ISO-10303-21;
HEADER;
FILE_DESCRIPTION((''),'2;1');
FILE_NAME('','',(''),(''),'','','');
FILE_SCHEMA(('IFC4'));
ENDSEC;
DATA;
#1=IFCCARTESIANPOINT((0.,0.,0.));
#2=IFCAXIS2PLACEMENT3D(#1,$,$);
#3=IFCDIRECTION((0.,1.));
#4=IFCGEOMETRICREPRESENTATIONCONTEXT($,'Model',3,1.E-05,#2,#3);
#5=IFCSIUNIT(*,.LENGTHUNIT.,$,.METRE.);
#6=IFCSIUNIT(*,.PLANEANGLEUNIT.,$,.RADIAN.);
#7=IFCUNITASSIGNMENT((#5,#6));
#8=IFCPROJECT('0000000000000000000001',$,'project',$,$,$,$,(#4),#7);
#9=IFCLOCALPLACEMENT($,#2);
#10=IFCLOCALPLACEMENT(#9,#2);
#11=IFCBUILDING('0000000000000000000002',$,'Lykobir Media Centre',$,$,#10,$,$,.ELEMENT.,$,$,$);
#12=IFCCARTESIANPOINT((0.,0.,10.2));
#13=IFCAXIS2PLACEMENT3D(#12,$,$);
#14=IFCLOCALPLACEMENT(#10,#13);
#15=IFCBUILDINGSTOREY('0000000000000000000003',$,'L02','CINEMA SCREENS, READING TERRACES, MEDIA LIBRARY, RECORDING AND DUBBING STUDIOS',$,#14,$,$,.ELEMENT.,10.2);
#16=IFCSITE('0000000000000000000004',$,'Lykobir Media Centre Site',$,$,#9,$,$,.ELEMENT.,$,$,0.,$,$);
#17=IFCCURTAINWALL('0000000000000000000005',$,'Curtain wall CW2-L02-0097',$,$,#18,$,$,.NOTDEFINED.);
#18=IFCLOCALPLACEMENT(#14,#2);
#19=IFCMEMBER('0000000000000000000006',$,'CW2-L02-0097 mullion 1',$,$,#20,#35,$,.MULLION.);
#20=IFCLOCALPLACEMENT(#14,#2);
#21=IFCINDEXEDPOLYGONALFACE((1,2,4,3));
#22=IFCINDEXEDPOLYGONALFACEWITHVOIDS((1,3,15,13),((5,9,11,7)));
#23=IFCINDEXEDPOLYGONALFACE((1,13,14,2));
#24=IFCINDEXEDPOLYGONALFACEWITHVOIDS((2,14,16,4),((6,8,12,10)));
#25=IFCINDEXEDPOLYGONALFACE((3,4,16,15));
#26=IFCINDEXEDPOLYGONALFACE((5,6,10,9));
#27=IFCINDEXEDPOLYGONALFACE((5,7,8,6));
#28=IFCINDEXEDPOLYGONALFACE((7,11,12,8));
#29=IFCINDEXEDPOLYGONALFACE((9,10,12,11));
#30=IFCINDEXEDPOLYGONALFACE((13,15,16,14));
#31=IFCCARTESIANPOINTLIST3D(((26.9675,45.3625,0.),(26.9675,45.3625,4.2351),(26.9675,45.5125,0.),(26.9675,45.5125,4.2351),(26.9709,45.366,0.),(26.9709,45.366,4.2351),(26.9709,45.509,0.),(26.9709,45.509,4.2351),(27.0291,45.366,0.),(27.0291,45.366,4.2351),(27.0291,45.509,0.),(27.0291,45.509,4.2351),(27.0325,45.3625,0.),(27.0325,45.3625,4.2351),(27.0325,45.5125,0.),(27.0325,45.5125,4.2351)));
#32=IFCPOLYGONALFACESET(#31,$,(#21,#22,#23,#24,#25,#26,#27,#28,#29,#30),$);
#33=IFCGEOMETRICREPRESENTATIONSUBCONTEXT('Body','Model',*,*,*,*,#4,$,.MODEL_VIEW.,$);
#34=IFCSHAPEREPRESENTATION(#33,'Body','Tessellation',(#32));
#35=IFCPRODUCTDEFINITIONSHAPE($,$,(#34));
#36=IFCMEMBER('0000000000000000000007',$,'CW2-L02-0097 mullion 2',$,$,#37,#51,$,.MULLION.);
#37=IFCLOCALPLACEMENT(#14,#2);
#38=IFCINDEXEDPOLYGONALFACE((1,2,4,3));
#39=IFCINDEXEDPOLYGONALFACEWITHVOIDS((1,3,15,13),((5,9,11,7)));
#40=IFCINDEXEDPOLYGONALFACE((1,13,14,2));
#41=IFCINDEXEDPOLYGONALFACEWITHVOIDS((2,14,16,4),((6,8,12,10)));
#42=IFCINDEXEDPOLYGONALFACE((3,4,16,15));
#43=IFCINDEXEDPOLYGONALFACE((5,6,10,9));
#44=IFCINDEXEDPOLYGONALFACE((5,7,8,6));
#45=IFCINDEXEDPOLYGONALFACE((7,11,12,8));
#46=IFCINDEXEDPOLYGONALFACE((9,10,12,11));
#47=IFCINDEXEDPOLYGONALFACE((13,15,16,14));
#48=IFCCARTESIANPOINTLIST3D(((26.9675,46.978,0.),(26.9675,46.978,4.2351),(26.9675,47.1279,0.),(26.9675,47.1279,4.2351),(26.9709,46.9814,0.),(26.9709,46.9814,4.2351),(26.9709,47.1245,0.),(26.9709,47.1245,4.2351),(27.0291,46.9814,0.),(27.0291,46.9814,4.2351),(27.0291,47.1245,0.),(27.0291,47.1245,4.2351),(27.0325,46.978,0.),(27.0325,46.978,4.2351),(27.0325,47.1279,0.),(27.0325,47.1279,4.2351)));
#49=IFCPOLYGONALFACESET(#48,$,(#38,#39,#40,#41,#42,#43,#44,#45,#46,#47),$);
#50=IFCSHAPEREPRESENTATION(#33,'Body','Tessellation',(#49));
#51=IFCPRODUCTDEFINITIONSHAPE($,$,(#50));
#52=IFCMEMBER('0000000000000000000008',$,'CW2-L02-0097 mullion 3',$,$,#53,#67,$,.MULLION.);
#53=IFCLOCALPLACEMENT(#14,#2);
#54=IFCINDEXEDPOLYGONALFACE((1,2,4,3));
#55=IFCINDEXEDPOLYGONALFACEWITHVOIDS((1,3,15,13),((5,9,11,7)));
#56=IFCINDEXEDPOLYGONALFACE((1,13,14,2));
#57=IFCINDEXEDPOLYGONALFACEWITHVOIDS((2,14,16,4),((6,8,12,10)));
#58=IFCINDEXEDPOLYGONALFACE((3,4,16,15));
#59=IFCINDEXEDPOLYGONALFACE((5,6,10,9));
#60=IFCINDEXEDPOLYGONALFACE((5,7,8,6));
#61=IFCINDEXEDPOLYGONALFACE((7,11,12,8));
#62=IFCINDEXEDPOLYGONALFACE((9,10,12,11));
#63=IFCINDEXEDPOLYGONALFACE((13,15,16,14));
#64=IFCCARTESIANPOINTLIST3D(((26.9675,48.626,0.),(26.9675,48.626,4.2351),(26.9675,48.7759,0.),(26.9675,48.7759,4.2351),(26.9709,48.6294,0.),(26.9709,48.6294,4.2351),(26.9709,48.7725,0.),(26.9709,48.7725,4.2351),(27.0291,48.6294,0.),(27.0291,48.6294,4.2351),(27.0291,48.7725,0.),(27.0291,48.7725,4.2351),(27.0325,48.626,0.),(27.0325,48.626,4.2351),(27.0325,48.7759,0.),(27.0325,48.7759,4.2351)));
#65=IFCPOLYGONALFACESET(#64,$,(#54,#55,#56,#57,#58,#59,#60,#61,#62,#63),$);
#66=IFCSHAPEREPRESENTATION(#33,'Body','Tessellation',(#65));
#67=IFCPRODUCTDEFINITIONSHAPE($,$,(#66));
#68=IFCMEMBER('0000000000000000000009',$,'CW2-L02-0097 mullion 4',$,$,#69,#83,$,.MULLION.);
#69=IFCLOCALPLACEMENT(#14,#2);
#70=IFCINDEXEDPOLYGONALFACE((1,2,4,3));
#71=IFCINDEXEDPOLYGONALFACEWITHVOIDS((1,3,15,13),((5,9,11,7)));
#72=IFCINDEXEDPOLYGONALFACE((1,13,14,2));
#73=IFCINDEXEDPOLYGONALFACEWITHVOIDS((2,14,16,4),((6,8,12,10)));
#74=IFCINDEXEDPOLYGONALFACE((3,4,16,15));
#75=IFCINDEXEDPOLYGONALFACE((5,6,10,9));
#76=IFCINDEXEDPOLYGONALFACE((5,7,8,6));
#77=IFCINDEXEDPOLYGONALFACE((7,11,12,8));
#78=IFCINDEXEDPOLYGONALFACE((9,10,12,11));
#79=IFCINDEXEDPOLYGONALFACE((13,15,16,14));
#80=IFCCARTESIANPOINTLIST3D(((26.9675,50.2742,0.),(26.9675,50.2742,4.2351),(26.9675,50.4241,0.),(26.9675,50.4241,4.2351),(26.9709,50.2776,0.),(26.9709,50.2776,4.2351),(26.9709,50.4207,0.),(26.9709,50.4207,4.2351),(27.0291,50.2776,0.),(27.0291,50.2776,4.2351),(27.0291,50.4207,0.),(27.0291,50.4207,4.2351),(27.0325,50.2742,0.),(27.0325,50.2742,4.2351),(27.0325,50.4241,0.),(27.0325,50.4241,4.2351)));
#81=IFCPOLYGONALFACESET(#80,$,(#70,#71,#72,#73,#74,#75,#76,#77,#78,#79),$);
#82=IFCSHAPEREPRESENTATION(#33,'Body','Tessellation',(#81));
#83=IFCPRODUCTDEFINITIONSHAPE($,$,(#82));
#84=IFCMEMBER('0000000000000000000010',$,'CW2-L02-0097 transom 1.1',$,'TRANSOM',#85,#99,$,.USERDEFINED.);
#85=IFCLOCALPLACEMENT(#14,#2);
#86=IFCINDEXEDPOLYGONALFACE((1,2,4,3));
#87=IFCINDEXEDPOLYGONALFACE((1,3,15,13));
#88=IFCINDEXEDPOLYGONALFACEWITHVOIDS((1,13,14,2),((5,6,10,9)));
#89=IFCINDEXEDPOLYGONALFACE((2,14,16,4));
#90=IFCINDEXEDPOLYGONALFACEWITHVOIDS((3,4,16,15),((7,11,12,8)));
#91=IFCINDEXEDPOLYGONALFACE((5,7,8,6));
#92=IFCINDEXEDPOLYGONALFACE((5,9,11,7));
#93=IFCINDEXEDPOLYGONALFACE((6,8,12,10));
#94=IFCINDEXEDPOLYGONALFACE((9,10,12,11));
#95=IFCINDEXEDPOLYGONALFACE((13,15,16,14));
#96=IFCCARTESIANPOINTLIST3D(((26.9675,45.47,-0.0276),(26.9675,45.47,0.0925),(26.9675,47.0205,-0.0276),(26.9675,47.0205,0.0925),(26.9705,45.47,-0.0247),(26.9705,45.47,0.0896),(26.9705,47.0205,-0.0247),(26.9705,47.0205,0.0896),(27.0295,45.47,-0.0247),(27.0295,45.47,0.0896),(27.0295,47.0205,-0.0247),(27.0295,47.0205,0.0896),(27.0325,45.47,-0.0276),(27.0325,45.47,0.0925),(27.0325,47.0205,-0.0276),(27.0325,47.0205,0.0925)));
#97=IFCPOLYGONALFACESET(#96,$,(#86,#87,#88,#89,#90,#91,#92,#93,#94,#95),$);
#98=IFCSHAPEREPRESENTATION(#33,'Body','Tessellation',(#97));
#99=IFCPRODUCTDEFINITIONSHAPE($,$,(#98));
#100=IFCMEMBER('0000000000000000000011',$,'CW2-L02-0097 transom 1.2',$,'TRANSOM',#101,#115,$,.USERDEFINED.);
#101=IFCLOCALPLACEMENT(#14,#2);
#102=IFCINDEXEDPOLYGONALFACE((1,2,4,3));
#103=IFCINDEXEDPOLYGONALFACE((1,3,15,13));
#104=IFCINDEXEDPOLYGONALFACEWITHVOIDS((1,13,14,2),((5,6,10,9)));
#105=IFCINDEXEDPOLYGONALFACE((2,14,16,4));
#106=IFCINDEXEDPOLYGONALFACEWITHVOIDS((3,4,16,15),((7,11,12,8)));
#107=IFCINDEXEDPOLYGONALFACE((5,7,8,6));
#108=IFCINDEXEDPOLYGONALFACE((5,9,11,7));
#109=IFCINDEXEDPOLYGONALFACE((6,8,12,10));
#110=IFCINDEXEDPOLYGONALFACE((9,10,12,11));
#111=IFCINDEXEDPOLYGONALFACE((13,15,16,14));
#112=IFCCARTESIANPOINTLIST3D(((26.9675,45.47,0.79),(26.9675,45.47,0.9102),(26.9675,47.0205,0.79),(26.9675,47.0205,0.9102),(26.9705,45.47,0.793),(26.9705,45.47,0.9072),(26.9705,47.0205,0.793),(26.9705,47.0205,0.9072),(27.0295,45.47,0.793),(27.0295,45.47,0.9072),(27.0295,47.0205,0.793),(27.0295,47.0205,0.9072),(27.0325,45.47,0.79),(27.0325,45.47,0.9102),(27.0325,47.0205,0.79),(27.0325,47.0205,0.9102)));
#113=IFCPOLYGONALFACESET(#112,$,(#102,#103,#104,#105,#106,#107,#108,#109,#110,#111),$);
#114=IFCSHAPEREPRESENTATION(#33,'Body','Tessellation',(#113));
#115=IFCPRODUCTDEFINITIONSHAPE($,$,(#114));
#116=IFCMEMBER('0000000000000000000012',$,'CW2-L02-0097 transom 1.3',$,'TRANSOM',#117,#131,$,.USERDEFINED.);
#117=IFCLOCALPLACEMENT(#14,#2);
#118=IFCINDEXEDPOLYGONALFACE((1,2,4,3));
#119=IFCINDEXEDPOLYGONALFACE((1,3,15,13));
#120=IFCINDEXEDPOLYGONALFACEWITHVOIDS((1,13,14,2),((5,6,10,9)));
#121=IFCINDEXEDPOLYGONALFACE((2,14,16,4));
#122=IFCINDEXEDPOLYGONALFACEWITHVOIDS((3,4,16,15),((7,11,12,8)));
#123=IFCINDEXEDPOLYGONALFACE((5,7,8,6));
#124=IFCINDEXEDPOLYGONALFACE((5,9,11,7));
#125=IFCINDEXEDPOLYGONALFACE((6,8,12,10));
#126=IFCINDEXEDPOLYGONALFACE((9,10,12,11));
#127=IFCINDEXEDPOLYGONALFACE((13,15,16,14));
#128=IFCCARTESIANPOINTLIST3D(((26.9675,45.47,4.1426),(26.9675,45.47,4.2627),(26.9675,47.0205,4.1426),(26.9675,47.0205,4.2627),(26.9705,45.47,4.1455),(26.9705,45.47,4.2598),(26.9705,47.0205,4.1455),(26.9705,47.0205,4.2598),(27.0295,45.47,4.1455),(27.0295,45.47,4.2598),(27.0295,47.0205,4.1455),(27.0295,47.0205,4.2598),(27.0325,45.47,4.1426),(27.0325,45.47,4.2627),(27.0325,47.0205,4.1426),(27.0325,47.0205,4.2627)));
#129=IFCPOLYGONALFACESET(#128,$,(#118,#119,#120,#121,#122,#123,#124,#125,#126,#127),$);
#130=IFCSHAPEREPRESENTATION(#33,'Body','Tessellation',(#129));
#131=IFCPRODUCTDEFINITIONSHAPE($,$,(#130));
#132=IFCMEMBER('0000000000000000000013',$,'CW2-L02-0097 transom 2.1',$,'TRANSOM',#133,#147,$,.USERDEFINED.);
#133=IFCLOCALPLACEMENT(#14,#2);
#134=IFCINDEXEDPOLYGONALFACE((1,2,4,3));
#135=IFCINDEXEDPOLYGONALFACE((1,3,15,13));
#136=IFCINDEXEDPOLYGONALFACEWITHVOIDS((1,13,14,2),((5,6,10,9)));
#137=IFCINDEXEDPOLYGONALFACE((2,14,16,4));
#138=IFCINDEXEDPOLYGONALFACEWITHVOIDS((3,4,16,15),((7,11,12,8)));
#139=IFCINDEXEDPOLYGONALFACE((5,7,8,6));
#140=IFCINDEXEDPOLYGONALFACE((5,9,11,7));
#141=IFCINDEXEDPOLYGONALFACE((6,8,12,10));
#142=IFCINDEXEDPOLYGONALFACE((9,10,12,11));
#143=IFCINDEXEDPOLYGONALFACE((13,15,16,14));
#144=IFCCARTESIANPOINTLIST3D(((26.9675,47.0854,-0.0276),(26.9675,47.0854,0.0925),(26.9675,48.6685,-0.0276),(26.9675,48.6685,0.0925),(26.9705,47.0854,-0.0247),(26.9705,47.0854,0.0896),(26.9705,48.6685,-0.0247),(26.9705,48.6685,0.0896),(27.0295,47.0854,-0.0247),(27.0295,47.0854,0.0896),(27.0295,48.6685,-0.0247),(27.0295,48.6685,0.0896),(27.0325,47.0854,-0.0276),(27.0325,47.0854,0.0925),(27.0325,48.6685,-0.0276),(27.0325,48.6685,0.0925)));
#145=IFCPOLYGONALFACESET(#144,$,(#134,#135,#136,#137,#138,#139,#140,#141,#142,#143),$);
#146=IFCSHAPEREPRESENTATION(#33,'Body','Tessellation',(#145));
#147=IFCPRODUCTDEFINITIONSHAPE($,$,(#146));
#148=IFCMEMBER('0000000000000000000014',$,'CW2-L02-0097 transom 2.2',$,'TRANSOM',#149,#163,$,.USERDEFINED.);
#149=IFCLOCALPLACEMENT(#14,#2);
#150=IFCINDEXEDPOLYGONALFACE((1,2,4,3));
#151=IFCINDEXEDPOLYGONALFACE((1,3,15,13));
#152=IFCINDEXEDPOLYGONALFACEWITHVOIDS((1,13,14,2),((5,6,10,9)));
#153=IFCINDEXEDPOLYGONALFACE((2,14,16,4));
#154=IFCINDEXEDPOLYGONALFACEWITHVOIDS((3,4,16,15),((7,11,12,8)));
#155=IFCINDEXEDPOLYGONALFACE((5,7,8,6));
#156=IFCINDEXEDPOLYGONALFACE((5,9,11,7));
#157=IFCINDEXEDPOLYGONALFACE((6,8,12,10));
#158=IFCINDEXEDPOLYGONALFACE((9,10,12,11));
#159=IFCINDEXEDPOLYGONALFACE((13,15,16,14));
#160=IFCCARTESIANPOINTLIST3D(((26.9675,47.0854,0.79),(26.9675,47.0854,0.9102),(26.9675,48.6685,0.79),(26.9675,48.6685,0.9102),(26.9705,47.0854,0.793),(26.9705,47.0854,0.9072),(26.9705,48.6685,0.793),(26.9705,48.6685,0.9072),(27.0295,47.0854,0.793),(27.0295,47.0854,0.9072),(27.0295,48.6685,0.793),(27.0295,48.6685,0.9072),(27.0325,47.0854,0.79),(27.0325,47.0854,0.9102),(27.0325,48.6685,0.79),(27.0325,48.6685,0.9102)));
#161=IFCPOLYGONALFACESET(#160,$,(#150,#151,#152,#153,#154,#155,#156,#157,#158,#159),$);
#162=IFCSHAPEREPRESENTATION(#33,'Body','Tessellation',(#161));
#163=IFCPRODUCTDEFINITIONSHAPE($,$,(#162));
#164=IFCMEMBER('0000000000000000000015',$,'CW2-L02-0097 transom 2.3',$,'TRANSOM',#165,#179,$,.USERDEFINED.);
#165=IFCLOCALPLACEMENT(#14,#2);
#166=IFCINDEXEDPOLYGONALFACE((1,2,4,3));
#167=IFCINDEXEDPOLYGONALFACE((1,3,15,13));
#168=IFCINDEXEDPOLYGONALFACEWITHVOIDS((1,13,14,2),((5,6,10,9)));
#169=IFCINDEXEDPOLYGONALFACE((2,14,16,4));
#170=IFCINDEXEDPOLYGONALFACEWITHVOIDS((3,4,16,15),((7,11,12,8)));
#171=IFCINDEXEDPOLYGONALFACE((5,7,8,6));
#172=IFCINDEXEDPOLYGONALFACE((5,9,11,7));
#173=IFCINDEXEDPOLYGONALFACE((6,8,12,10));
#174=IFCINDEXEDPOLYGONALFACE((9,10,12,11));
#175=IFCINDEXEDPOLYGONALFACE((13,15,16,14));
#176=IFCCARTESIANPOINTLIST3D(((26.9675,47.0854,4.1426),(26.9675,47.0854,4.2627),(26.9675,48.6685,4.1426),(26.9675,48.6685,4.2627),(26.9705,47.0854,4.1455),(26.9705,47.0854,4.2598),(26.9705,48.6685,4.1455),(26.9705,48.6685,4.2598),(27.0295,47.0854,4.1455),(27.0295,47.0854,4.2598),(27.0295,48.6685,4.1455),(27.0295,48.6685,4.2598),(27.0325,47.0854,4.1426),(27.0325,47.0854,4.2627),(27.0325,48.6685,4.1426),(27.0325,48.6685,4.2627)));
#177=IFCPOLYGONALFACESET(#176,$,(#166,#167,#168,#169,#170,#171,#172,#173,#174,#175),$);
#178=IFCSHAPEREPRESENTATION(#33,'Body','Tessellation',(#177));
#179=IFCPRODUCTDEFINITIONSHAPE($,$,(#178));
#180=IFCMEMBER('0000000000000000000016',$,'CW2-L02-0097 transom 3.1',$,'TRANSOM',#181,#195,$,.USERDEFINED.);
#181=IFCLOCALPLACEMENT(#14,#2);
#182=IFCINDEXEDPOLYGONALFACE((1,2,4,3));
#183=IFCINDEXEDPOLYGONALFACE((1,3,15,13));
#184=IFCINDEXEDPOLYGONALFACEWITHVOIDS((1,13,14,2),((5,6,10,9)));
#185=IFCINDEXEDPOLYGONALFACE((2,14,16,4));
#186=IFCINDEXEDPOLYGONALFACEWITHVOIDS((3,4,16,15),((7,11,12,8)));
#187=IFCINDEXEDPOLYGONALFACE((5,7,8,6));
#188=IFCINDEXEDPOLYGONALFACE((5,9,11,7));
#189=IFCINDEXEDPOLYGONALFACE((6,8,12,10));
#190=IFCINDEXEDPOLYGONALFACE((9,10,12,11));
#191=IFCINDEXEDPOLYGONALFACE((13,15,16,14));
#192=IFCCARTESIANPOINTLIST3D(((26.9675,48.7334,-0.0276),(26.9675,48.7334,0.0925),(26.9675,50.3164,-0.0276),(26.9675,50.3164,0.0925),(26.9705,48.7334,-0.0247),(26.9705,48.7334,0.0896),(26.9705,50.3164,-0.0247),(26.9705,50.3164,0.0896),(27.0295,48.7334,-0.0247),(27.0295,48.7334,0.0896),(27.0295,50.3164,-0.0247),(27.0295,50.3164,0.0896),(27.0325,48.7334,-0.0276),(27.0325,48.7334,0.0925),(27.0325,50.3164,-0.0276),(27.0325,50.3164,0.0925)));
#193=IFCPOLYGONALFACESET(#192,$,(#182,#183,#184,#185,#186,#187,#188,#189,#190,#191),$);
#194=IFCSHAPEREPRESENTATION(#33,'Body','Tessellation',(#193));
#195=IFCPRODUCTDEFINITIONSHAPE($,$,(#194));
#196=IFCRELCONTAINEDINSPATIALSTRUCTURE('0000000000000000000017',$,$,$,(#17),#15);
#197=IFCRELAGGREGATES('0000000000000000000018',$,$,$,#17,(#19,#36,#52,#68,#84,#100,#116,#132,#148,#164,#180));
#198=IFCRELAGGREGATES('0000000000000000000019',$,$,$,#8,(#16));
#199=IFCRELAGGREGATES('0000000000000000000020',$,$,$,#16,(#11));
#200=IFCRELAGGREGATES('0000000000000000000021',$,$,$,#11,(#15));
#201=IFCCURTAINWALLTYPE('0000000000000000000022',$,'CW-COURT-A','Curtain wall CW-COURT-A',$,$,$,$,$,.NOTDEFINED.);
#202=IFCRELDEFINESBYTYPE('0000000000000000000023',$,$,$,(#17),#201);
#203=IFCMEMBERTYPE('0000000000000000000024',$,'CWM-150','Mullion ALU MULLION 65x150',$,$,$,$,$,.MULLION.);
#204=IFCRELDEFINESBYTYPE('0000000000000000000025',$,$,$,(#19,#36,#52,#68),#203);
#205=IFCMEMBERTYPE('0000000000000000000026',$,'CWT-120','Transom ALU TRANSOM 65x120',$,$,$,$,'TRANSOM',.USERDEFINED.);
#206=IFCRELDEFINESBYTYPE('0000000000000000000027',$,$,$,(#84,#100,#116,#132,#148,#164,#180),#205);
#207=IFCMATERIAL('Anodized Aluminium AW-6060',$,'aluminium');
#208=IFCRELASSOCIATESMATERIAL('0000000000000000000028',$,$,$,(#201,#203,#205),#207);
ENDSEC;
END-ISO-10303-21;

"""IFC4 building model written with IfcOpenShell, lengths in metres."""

from ifc_helpers import new_model, si_unit, direction, frame, origin, origin_2d, place, context, subcontext, project, spatial, hollow_rectangle, extrude, material, material_profile, profile_set, type_object, element, aggregate, save


model = new_model("IFC4")

# Units and contexts
model_context = context("Model", 3, precision=1e-05, world=origin(), true_north=direction((0.0, 1.0)))
body_context = subcontext(model_context, "Body", "Model", "MODEL_VIEW")
ifc_project = project(units=[si_unit("LENGTHUNIT", "METRE"), si_unit("PLANEANGLEUNIT", "RADIAN")], contexts=[model_context])

# Site, building, storey
site_placement = place(None, origin())
site = spatial("IfcSite", under=ifc_project, at=site_placement, Name="Lykobir Media Centre Site", CompositionType="ELEMENT", RefElevation=0.0)
building_placement = place(site_placement, origin())
building = spatial("IfcBuilding", under=site, at=building_placement, Name="Lykobir Media Centre", CompositionType="ELEMENT")
storey_placement = place(building_placement, frame((0.0, 0.0, 10.2)))
storey = spatial("IfcBuildingStorey", under=building, at=storey_placement, Name="L02", Description="CINEMA SCREENS, READING TERRACES, MEDIA LIBRARY, RECORDING AND DUBBING STUDIOS", CompositionType="ELEMENT", Elevation=10.2)

# Curtain wall, members
ifc_material_1 = material(Name="Anodized Aluminium AW-6060", Category="aluminium")
curtain_wall_type = type_object("IfcCurtainWallType", Name="CW-COURT-A", Description="Curtain wall CW-COURT-A", PredefinedType="NOTDEFINED", material=ifc_material_1)
curtain_wall_placement = place(storey_placement, origin())
curtain_wall = element("IfcCurtainWall", 1, at=curtain_wall_placement, inside=storey, type_object=curtain_wall_type, Name="Curtain wall CW2-L02-0097", PredefinedType="NOTDEFINED")
ifc_material_profile_1 = material_profile(ifc_material_1, hollow_rectangle(XDim=0.0649, YDim=0.1499, WallThickness=0.0034, at=origin_2d()), Name="ALU MULLION 65x150")
ifc_profile_set_1 = profile_set([ifc_material_profile_1], Name="Anodized Aluminium AW-6060")
member_type_1 = type_object("IfcMemberType", Name="CWM-150", Description="Mullion ALU MULLION 65x150", PredefinedType="MULLION", material=ifc_profile_set_1)
member_1_placement = place(storey_placement, frame((27.0, 45.4375, 0.0), z_axis=(0.0, 0.0, 1.0), x_axis=(-1.0, 0.0, 0.0)))
member_1 = element("IfcMember", 2, at=member_1_placement, type_object=member_type_1, Name="CW2-L02-0097 mullion 1", PredefinedType="MULLION", context=body_context, shape_type="SweptSolid", body=[
    extrude(hollow_rectangle(XDim=0.0649, YDim=0.1499, WallThickness=0.0034, at=origin_2d()), origin(), (0.0, 0.0, 1.0), 4.2351),
])
member_2_placement = place(storey_placement, frame((27.0, 47.053, 0.0), z_axis=(0.0, 0.0, 1.0), x_axis=(-1.0, 0.0, 0.0)))
member_2 = element("IfcMember", 3, at=member_2_placement, type_object=member_type_1, Name="CW2-L02-0097 mullion 2", PredefinedType="MULLION", context=body_context, shape_type="SweptSolid", body=[
    extrude(hollow_rectangle(XDim=0.0649, YDim=0.1499, WallThickness=0.0034, at=origin_2d()), origin(), (0.0, 0.0, 1.0), 4.2351),
])
member_3_placement = place(storey_placement, frame((27.0, 48.7009, 0.0), z_axis=(0.0, 0.0, 1.0), x_axis=(-1.0, 0.0, 0.0)))
member_3 = element("IfcMember", 4, at=member_3_placement, type_object=member_type_1, Name="CW2-L02-0097 mullion 3", PredefinedType="MULLION", context=body_context, shape_type="SweptSolid", body=[
    extrude(hollow_rectangle(XDim=0.0649, YDim=0.1499, WallThickness=0.0034, at=origin_2d()), origin(), (0.0, 0.0, 1.0), 4.2351),
])
member_4_placement = place(storey_placement, frame((27.0, 50.3491, 0.0), z_axis=(0.0, 0.0, 1.0), x_axis=(-1.0, 0.0, 0.0)))
member_4 = element("IfcMember", 5, at=member_4_placement, type_object=member_type_1, Name="CW2-L02-0097 mullion 4", PredefinedType="MULLION", context=body_context, shape_type="SweptSolid", body=[
    extrude(hollow_rectangle(XDim=0.0649, YDim=0.1499, WallThickness=0.0034, at=origin_2d()), origin(), (0.0, 0.0, 1.0), 4.2351),
])
ifc_material_profile_2 = material_profile(ifc_material_1, hollow_rectangle(XDim=0.0649, YDim=0.1201, WallThickness=0.0029, at=origin_2d()), Name="ALU TRANSOM 65x120")
ifc_profile_set_2 = profile_set([ifc_material_profile_2], Name="Anodized Aluminium AW-6060")
member_type_2 = type_object("IfcMemberType", Name="CWT-120", Description="Transom ALU TRANSOM 65x120", ElementType="TRANSOM", PredefinedType="USERDEFINED", material=ifc_profile_set_2)
member_5_placement = place(storey_placement, frame((27.0, 45.47, 0.0325), z_axis=(0.0, 1.0, 0.0), x_axis=(-1.0, 0.0, 0.0)))
member_5 = element("IfcMember", 6, at=member_5_placement, type_object=member_type_2, Name="CW2-L02-0097 transom 1.1", ObjectType="TRANSOM", PredefinedType="USERDEFINED", context=body_context, shape_type="SweptSolid", body=[
    extrude(hollow_rectangle(XDim=0.0649, YDim=0.1201, WallThickness=0.0029, at=origin_2d()), origin(), (0.0, 0.0, 1.0), 1.5505),
])
member_6_placement = place(storey_placement, frame((27.0, 45.47, 0.8501), z_axis=(0.0, 1.0, 0.0), x_axis=(-1.0, 0.0, 0.0)))
member_6 = element("IfcMember", 7, at=member_6_placement, type_object=member_type_2, Name="CW2-L02-0097 transom 1.2", ObjectType="TRANSOM", PredefinedType="USERDEFINED", context=body_context, shape_type="SweptSolid", body=[
    extrude(hollow_rectangle(XDim=0.0649, YDim=0.1201, WallThickness=0.0029, at=origin_2d()), origin(), (0.0, 0.0, 1.0), 1.5505),
])
member_7_placement = place(storey_placement, frame((27.0, 45.47, 4.2026), z_axis=(0.0, 1.0, 0.0), x_axis=(-1.0, 0.0, 0.0)))
member_7 = element("IfcMember", 8, at=member_7_placement, type_object=member_type_2, Name="CW2-L02-0097 transom 1.3", ObjectType="TRANSOM", PredefinedType="USERDEFINED", context=body_context, shape_type="SweptSolid", body=[
    extrude(hollow_rectangle(XDim=0.0649, YDim=0.1201, WallThickness=0.0029, at=origin_2d()), origin(), (0.0, 0.0, 1.0), 1.5505),
])
member_8_placement = place(storey_placement, frame((27.0, 47.0854, 0.0325), z_axis=(0.0, 1.0, 0.0), x_axis=(-1.0, 0.0, 0.0)))
member_8 = element("IfcMember", 9, at=member_8_placement, type_object=member_type_2, Name="CW2-L02-0097 transom 2.1", ObjectType="TRANSOM", PredefinedType="USERDEFINED", context=body_context, shape_type="SweptSolid", body=[
    extrude(hollow_rectangle(XDim=0.0649, YDim=0.1201, WallThickness=0.0029, at=origin_2d()), origin(), (0.0, 0.0, 1.0), 1.583),
])
member_9_placement = place(storey_placement, frame((27.0, 47.0854, 0.8501), z_axis=(0.0, 1.0, 0.0), x_axis=(-1.0, 0.0, 0.0)))
member_9 = element("IfcMember", 10, at=member_9_placement, type_object=member_type_2, Name="CW2-L02-0097 transom 2.2", ObjectType="TRANSOM", PredefinedType="USERDEFINED", context=body_context, shape_type="SweptSolid", body=[
    extrude(hollow_rectangle(XDim=0.0649, YDim=0.1201, WallThickness=0.0029, at=origin_2d()), origin(), (0.0, 0.0, 1.0), 1.583),
])
member_10_placement = place(storey_placement, frame((27.0, 47.0854, 4.2026), z_axis=(0.0, 1.0, 0.0), x_axis=(-1.0, 0.0, 0.0)))
member_10 = element("IfcMember", 11, at=member_10_placement, type_object=member_type_2, Name="CW2-L02-0097 transom 2.3", ObjectType="TRANSOM", PredefinedType="USERDEFINED", context=body_context, shape_type="SweptSolid", body=[
    extrude(hollow_rectangle(XDim=0.0649, YDim=0.1201, WallThickness=0.0029, at=origin_2d()), origin(), (0.0, 0.0, 1.0), 1.583),
])
member_11_placement = place(storey_placement, frame((27.0, 48.7334, 0.0325), z_axis=(0.0, 1.0, 0.0), x_axis=(-1.0, 0.0, 0.0)))
member_11 = element("IfcMember", 12, at=member_11_placement, type_object=member_type_2, Name="CW2-L02-0097 transom 3.1", ObjectType="TRANSOM", PredefinedType="USERDEFINED", context=body_context, shape_type="SweptSolid", body=[
    extrude(hollow_rectangle(XDim=0.0649, YDim=0.1201, WallThickness=0.0029, at=origin_2d()), origin(), (0.0, 0.0, 1.0), 1.583),
])

aggregate(curtain_wall, [member_1, member_2, member_3, member_4, member_5, member_6, member_7, member_8, member_9, member_10, member_11])

save(model, "model.ifc")
